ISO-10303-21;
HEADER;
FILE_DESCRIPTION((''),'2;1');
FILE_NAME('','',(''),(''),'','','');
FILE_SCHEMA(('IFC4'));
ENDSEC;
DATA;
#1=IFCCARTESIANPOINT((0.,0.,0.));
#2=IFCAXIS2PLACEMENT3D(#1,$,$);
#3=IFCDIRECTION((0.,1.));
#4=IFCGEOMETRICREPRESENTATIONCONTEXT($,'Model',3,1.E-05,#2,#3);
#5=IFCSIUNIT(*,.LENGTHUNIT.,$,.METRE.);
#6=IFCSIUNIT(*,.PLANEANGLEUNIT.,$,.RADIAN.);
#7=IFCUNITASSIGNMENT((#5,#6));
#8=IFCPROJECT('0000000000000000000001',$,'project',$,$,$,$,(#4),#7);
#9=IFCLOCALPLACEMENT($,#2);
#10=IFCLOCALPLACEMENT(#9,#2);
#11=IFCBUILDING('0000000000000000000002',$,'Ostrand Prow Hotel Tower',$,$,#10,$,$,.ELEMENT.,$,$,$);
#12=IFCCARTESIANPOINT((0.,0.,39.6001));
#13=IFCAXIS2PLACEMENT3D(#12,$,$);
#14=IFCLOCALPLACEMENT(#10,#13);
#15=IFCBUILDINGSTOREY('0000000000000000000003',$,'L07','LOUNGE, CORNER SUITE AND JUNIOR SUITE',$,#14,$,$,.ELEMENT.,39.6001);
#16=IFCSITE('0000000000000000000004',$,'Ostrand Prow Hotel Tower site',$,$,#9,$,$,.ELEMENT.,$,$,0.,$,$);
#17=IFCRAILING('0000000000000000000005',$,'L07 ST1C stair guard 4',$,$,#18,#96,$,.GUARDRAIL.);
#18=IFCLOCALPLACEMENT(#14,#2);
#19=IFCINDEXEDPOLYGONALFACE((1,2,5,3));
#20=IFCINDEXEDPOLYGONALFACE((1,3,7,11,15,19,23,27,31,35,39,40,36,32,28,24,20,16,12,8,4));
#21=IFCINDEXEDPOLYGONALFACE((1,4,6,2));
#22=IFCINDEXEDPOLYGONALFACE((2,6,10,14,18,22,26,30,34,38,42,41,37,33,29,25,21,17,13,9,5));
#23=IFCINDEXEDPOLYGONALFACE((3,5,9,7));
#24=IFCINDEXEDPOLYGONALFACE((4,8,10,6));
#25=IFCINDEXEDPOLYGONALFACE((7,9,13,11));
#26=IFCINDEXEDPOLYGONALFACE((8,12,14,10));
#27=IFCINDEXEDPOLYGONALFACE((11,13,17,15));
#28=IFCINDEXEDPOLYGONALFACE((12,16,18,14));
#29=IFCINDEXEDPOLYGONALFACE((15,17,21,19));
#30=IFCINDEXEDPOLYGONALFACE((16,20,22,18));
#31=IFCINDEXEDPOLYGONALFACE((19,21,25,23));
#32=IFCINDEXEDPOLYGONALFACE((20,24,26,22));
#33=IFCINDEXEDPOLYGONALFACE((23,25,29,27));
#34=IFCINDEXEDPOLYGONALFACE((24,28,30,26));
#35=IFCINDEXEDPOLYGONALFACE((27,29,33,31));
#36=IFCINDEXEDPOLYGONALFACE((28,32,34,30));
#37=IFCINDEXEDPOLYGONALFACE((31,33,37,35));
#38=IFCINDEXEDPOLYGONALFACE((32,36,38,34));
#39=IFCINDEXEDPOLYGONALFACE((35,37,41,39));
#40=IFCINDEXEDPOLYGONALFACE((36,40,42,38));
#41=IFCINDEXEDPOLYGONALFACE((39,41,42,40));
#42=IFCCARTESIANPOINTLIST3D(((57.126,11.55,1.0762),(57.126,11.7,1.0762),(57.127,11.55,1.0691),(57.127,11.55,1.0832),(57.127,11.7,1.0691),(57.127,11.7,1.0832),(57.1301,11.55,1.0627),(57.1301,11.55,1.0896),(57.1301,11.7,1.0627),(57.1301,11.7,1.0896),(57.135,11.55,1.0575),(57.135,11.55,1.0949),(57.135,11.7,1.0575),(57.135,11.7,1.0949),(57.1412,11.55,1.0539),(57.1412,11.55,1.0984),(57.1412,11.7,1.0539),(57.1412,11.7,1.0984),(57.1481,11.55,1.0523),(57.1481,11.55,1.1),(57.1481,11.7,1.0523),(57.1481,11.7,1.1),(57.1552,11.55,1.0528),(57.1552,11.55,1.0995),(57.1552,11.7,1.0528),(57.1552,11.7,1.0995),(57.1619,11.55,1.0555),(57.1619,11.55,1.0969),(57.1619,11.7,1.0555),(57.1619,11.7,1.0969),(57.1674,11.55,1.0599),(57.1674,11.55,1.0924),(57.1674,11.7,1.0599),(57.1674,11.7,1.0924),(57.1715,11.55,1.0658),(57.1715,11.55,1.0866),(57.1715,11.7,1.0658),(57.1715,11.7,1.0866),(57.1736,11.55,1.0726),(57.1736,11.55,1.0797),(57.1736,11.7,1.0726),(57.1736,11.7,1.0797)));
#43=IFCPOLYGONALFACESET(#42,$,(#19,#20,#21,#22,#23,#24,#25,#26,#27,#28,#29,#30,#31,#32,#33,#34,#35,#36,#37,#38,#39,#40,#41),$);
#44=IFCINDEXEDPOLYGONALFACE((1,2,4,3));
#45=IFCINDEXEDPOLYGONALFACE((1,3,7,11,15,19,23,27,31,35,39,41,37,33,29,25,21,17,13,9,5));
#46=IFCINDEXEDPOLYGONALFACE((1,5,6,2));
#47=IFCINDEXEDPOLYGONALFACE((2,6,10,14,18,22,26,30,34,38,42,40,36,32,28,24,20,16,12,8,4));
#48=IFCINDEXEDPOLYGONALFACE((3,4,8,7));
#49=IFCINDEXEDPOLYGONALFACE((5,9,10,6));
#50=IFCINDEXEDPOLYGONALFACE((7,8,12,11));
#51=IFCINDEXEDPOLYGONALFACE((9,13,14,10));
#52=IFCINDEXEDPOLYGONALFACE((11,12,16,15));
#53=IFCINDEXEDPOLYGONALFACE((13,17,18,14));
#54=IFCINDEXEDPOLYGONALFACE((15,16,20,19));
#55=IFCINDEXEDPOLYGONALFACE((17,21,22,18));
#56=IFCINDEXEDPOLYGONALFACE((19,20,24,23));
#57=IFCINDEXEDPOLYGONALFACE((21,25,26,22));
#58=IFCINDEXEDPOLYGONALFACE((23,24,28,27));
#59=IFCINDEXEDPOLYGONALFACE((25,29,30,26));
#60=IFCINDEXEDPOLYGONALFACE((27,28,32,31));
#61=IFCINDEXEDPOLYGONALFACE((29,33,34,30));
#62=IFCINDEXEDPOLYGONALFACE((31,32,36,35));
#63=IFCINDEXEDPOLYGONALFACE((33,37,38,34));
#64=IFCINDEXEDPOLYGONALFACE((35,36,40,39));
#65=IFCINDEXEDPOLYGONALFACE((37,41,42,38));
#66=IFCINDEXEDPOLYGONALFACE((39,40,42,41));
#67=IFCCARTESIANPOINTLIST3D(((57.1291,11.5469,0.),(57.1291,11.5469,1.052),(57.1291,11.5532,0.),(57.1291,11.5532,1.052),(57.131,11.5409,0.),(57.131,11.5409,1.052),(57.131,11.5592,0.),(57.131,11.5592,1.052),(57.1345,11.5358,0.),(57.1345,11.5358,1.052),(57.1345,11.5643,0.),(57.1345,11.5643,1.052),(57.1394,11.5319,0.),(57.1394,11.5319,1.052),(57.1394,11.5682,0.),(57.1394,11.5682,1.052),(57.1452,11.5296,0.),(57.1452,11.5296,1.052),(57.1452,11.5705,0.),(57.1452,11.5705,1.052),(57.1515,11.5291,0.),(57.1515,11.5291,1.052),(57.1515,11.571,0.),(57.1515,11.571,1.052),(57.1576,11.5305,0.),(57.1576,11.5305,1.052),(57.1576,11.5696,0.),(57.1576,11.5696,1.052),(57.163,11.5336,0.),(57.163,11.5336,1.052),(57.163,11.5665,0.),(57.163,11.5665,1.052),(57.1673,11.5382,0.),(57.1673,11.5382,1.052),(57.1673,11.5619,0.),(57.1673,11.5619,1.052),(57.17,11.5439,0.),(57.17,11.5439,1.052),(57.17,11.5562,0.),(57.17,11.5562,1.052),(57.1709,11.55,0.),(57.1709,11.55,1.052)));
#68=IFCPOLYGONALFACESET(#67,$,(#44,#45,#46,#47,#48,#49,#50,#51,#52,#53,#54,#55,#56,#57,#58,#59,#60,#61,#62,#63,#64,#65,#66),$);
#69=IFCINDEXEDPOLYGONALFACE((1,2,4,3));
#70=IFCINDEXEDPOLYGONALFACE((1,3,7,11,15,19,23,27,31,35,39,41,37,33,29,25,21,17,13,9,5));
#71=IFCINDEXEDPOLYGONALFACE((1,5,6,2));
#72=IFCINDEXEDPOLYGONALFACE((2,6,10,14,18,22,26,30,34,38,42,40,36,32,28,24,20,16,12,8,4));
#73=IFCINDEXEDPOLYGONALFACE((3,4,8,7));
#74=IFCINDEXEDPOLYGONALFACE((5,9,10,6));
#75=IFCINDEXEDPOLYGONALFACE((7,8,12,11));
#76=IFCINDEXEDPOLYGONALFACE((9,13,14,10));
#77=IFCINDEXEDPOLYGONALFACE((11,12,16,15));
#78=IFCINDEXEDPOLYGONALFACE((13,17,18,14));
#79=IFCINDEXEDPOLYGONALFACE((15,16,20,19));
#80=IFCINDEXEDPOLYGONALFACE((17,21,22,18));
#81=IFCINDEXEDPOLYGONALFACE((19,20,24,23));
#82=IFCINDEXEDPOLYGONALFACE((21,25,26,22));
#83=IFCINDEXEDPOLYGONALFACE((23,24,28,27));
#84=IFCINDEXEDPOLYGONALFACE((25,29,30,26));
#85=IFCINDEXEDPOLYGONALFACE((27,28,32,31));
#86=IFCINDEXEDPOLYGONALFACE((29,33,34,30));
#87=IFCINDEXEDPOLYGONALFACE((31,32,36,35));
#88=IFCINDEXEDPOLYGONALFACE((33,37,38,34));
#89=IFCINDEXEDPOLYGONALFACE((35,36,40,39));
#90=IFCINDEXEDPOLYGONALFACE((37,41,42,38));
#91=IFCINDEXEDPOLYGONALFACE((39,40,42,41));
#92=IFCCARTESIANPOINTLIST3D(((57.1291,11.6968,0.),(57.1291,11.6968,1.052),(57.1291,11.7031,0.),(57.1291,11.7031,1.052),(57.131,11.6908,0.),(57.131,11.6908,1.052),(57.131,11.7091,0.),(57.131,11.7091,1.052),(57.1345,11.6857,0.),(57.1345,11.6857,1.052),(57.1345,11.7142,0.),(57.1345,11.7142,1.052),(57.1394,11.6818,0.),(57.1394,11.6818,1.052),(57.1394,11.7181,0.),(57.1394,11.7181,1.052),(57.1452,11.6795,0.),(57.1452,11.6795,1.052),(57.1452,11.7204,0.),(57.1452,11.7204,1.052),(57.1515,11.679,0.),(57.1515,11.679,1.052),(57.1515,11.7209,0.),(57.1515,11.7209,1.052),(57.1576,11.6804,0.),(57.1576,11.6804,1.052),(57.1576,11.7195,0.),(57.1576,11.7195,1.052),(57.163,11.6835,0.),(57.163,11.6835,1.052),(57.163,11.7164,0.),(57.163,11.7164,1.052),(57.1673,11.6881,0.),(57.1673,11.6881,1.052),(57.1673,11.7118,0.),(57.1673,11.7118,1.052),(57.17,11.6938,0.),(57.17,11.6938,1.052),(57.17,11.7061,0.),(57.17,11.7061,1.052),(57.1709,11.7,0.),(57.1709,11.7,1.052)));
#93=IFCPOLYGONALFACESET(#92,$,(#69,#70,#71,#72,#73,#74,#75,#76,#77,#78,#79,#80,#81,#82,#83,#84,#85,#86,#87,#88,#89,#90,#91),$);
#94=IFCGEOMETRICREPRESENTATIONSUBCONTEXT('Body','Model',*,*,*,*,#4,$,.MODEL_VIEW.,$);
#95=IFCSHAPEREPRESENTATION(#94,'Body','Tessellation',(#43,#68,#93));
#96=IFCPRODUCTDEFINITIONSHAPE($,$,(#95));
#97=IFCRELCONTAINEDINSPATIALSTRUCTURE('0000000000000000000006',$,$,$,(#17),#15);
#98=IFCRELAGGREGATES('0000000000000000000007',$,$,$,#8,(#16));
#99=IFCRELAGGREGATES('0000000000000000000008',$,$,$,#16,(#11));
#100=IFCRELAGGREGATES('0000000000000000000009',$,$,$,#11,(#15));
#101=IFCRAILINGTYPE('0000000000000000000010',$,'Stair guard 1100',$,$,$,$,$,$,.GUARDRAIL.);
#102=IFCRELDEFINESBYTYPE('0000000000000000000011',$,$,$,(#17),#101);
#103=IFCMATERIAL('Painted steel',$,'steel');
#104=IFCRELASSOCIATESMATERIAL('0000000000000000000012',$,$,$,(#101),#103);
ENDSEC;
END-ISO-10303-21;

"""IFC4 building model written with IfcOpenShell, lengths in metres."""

from ifc_helpers import new_model, si_unit, direction, frame, origin, origin_2d, place, context, subcontext, project, spatial, circle, extrude, material, type_object, element, save


model = new_model("IFC4")

# Units and contexts
model_context = context("Model", 3, precision=1e-05, world=origin(), true_north=direction((0.0, 1.0)))
body_context = subcontext(model_context, "Body", "Model", "MODEL_VIEW")
ifc_project = project(units=[si_unit("LENGTHUNIT", "METRE"), si_unit("PLANEANGLEUNIT", "RADIAN")], contexts=[model_context])

# Site, building, storey
site_placement = place(None, origin())
site = spatial("IfcSite", under=ifc_project, at=site_placement, Name="Ostrand Prow Hotel Tower site", CompositionType="ELEMENT", RefElevation=0.0)
building_placement = place(site_placement, origin())
building = spatial("IfcBuilding", under=site, at=building_placement, Name="Ostrand Prow Hotel Tower", CompositionType="ELEMENT")
storey_placement = place(building_placement, frame((0.0, 0.0, 39.6001)))
storey = spatial("IfcBuildingStorey", under=building, at=storey_placement, Name="L07", Description="LOUNGE, CORNER SUITE AND JUNIOR SUITE", CompositionType="ELEMENT", Elevation=39.6001)

# Railing
ifc_material_1 = material(Name="Painted steel", Category="steel")
railing_type_1 = type_object("IfcRailingType", Name="Stair guard 1100", PredefinedType="GUARDRAIL", material=ifc_material_1)
railing_1_placement = place(storey_placement, frame((57.1499, 11.55, 0.0)))
element("IfcRailing", 1, at=railing_1_placement, inside=storey, type_object=railing_type_1, Name="L07 ST1C stair guard 4", PredefinedType="GUARDRAIL", context=body_context, shape_type="SweptSolid", body=[
    extrude(circle(Radius=0.0239, at=origin_2d()), frame((0.0, 0.0, 1.0762), z_axis=(0.0, 1.0, 0.0), x_axis=(-1.0, 0.0, 0.0)), (0.0, 0.0, 1.0), 0.1499),
    extrude(circle(Radius=0.021, at=origin_2d()), origin(), (0.0, 0.0, 1.0), 1.052),
    extrude(circle(Radius=0.021, at=origin_2d()), frame((0.0, 0.1499, 0.0)), (0.0, 0.0, 1.0), 1.052),
])

save(model, "model.ifc")
